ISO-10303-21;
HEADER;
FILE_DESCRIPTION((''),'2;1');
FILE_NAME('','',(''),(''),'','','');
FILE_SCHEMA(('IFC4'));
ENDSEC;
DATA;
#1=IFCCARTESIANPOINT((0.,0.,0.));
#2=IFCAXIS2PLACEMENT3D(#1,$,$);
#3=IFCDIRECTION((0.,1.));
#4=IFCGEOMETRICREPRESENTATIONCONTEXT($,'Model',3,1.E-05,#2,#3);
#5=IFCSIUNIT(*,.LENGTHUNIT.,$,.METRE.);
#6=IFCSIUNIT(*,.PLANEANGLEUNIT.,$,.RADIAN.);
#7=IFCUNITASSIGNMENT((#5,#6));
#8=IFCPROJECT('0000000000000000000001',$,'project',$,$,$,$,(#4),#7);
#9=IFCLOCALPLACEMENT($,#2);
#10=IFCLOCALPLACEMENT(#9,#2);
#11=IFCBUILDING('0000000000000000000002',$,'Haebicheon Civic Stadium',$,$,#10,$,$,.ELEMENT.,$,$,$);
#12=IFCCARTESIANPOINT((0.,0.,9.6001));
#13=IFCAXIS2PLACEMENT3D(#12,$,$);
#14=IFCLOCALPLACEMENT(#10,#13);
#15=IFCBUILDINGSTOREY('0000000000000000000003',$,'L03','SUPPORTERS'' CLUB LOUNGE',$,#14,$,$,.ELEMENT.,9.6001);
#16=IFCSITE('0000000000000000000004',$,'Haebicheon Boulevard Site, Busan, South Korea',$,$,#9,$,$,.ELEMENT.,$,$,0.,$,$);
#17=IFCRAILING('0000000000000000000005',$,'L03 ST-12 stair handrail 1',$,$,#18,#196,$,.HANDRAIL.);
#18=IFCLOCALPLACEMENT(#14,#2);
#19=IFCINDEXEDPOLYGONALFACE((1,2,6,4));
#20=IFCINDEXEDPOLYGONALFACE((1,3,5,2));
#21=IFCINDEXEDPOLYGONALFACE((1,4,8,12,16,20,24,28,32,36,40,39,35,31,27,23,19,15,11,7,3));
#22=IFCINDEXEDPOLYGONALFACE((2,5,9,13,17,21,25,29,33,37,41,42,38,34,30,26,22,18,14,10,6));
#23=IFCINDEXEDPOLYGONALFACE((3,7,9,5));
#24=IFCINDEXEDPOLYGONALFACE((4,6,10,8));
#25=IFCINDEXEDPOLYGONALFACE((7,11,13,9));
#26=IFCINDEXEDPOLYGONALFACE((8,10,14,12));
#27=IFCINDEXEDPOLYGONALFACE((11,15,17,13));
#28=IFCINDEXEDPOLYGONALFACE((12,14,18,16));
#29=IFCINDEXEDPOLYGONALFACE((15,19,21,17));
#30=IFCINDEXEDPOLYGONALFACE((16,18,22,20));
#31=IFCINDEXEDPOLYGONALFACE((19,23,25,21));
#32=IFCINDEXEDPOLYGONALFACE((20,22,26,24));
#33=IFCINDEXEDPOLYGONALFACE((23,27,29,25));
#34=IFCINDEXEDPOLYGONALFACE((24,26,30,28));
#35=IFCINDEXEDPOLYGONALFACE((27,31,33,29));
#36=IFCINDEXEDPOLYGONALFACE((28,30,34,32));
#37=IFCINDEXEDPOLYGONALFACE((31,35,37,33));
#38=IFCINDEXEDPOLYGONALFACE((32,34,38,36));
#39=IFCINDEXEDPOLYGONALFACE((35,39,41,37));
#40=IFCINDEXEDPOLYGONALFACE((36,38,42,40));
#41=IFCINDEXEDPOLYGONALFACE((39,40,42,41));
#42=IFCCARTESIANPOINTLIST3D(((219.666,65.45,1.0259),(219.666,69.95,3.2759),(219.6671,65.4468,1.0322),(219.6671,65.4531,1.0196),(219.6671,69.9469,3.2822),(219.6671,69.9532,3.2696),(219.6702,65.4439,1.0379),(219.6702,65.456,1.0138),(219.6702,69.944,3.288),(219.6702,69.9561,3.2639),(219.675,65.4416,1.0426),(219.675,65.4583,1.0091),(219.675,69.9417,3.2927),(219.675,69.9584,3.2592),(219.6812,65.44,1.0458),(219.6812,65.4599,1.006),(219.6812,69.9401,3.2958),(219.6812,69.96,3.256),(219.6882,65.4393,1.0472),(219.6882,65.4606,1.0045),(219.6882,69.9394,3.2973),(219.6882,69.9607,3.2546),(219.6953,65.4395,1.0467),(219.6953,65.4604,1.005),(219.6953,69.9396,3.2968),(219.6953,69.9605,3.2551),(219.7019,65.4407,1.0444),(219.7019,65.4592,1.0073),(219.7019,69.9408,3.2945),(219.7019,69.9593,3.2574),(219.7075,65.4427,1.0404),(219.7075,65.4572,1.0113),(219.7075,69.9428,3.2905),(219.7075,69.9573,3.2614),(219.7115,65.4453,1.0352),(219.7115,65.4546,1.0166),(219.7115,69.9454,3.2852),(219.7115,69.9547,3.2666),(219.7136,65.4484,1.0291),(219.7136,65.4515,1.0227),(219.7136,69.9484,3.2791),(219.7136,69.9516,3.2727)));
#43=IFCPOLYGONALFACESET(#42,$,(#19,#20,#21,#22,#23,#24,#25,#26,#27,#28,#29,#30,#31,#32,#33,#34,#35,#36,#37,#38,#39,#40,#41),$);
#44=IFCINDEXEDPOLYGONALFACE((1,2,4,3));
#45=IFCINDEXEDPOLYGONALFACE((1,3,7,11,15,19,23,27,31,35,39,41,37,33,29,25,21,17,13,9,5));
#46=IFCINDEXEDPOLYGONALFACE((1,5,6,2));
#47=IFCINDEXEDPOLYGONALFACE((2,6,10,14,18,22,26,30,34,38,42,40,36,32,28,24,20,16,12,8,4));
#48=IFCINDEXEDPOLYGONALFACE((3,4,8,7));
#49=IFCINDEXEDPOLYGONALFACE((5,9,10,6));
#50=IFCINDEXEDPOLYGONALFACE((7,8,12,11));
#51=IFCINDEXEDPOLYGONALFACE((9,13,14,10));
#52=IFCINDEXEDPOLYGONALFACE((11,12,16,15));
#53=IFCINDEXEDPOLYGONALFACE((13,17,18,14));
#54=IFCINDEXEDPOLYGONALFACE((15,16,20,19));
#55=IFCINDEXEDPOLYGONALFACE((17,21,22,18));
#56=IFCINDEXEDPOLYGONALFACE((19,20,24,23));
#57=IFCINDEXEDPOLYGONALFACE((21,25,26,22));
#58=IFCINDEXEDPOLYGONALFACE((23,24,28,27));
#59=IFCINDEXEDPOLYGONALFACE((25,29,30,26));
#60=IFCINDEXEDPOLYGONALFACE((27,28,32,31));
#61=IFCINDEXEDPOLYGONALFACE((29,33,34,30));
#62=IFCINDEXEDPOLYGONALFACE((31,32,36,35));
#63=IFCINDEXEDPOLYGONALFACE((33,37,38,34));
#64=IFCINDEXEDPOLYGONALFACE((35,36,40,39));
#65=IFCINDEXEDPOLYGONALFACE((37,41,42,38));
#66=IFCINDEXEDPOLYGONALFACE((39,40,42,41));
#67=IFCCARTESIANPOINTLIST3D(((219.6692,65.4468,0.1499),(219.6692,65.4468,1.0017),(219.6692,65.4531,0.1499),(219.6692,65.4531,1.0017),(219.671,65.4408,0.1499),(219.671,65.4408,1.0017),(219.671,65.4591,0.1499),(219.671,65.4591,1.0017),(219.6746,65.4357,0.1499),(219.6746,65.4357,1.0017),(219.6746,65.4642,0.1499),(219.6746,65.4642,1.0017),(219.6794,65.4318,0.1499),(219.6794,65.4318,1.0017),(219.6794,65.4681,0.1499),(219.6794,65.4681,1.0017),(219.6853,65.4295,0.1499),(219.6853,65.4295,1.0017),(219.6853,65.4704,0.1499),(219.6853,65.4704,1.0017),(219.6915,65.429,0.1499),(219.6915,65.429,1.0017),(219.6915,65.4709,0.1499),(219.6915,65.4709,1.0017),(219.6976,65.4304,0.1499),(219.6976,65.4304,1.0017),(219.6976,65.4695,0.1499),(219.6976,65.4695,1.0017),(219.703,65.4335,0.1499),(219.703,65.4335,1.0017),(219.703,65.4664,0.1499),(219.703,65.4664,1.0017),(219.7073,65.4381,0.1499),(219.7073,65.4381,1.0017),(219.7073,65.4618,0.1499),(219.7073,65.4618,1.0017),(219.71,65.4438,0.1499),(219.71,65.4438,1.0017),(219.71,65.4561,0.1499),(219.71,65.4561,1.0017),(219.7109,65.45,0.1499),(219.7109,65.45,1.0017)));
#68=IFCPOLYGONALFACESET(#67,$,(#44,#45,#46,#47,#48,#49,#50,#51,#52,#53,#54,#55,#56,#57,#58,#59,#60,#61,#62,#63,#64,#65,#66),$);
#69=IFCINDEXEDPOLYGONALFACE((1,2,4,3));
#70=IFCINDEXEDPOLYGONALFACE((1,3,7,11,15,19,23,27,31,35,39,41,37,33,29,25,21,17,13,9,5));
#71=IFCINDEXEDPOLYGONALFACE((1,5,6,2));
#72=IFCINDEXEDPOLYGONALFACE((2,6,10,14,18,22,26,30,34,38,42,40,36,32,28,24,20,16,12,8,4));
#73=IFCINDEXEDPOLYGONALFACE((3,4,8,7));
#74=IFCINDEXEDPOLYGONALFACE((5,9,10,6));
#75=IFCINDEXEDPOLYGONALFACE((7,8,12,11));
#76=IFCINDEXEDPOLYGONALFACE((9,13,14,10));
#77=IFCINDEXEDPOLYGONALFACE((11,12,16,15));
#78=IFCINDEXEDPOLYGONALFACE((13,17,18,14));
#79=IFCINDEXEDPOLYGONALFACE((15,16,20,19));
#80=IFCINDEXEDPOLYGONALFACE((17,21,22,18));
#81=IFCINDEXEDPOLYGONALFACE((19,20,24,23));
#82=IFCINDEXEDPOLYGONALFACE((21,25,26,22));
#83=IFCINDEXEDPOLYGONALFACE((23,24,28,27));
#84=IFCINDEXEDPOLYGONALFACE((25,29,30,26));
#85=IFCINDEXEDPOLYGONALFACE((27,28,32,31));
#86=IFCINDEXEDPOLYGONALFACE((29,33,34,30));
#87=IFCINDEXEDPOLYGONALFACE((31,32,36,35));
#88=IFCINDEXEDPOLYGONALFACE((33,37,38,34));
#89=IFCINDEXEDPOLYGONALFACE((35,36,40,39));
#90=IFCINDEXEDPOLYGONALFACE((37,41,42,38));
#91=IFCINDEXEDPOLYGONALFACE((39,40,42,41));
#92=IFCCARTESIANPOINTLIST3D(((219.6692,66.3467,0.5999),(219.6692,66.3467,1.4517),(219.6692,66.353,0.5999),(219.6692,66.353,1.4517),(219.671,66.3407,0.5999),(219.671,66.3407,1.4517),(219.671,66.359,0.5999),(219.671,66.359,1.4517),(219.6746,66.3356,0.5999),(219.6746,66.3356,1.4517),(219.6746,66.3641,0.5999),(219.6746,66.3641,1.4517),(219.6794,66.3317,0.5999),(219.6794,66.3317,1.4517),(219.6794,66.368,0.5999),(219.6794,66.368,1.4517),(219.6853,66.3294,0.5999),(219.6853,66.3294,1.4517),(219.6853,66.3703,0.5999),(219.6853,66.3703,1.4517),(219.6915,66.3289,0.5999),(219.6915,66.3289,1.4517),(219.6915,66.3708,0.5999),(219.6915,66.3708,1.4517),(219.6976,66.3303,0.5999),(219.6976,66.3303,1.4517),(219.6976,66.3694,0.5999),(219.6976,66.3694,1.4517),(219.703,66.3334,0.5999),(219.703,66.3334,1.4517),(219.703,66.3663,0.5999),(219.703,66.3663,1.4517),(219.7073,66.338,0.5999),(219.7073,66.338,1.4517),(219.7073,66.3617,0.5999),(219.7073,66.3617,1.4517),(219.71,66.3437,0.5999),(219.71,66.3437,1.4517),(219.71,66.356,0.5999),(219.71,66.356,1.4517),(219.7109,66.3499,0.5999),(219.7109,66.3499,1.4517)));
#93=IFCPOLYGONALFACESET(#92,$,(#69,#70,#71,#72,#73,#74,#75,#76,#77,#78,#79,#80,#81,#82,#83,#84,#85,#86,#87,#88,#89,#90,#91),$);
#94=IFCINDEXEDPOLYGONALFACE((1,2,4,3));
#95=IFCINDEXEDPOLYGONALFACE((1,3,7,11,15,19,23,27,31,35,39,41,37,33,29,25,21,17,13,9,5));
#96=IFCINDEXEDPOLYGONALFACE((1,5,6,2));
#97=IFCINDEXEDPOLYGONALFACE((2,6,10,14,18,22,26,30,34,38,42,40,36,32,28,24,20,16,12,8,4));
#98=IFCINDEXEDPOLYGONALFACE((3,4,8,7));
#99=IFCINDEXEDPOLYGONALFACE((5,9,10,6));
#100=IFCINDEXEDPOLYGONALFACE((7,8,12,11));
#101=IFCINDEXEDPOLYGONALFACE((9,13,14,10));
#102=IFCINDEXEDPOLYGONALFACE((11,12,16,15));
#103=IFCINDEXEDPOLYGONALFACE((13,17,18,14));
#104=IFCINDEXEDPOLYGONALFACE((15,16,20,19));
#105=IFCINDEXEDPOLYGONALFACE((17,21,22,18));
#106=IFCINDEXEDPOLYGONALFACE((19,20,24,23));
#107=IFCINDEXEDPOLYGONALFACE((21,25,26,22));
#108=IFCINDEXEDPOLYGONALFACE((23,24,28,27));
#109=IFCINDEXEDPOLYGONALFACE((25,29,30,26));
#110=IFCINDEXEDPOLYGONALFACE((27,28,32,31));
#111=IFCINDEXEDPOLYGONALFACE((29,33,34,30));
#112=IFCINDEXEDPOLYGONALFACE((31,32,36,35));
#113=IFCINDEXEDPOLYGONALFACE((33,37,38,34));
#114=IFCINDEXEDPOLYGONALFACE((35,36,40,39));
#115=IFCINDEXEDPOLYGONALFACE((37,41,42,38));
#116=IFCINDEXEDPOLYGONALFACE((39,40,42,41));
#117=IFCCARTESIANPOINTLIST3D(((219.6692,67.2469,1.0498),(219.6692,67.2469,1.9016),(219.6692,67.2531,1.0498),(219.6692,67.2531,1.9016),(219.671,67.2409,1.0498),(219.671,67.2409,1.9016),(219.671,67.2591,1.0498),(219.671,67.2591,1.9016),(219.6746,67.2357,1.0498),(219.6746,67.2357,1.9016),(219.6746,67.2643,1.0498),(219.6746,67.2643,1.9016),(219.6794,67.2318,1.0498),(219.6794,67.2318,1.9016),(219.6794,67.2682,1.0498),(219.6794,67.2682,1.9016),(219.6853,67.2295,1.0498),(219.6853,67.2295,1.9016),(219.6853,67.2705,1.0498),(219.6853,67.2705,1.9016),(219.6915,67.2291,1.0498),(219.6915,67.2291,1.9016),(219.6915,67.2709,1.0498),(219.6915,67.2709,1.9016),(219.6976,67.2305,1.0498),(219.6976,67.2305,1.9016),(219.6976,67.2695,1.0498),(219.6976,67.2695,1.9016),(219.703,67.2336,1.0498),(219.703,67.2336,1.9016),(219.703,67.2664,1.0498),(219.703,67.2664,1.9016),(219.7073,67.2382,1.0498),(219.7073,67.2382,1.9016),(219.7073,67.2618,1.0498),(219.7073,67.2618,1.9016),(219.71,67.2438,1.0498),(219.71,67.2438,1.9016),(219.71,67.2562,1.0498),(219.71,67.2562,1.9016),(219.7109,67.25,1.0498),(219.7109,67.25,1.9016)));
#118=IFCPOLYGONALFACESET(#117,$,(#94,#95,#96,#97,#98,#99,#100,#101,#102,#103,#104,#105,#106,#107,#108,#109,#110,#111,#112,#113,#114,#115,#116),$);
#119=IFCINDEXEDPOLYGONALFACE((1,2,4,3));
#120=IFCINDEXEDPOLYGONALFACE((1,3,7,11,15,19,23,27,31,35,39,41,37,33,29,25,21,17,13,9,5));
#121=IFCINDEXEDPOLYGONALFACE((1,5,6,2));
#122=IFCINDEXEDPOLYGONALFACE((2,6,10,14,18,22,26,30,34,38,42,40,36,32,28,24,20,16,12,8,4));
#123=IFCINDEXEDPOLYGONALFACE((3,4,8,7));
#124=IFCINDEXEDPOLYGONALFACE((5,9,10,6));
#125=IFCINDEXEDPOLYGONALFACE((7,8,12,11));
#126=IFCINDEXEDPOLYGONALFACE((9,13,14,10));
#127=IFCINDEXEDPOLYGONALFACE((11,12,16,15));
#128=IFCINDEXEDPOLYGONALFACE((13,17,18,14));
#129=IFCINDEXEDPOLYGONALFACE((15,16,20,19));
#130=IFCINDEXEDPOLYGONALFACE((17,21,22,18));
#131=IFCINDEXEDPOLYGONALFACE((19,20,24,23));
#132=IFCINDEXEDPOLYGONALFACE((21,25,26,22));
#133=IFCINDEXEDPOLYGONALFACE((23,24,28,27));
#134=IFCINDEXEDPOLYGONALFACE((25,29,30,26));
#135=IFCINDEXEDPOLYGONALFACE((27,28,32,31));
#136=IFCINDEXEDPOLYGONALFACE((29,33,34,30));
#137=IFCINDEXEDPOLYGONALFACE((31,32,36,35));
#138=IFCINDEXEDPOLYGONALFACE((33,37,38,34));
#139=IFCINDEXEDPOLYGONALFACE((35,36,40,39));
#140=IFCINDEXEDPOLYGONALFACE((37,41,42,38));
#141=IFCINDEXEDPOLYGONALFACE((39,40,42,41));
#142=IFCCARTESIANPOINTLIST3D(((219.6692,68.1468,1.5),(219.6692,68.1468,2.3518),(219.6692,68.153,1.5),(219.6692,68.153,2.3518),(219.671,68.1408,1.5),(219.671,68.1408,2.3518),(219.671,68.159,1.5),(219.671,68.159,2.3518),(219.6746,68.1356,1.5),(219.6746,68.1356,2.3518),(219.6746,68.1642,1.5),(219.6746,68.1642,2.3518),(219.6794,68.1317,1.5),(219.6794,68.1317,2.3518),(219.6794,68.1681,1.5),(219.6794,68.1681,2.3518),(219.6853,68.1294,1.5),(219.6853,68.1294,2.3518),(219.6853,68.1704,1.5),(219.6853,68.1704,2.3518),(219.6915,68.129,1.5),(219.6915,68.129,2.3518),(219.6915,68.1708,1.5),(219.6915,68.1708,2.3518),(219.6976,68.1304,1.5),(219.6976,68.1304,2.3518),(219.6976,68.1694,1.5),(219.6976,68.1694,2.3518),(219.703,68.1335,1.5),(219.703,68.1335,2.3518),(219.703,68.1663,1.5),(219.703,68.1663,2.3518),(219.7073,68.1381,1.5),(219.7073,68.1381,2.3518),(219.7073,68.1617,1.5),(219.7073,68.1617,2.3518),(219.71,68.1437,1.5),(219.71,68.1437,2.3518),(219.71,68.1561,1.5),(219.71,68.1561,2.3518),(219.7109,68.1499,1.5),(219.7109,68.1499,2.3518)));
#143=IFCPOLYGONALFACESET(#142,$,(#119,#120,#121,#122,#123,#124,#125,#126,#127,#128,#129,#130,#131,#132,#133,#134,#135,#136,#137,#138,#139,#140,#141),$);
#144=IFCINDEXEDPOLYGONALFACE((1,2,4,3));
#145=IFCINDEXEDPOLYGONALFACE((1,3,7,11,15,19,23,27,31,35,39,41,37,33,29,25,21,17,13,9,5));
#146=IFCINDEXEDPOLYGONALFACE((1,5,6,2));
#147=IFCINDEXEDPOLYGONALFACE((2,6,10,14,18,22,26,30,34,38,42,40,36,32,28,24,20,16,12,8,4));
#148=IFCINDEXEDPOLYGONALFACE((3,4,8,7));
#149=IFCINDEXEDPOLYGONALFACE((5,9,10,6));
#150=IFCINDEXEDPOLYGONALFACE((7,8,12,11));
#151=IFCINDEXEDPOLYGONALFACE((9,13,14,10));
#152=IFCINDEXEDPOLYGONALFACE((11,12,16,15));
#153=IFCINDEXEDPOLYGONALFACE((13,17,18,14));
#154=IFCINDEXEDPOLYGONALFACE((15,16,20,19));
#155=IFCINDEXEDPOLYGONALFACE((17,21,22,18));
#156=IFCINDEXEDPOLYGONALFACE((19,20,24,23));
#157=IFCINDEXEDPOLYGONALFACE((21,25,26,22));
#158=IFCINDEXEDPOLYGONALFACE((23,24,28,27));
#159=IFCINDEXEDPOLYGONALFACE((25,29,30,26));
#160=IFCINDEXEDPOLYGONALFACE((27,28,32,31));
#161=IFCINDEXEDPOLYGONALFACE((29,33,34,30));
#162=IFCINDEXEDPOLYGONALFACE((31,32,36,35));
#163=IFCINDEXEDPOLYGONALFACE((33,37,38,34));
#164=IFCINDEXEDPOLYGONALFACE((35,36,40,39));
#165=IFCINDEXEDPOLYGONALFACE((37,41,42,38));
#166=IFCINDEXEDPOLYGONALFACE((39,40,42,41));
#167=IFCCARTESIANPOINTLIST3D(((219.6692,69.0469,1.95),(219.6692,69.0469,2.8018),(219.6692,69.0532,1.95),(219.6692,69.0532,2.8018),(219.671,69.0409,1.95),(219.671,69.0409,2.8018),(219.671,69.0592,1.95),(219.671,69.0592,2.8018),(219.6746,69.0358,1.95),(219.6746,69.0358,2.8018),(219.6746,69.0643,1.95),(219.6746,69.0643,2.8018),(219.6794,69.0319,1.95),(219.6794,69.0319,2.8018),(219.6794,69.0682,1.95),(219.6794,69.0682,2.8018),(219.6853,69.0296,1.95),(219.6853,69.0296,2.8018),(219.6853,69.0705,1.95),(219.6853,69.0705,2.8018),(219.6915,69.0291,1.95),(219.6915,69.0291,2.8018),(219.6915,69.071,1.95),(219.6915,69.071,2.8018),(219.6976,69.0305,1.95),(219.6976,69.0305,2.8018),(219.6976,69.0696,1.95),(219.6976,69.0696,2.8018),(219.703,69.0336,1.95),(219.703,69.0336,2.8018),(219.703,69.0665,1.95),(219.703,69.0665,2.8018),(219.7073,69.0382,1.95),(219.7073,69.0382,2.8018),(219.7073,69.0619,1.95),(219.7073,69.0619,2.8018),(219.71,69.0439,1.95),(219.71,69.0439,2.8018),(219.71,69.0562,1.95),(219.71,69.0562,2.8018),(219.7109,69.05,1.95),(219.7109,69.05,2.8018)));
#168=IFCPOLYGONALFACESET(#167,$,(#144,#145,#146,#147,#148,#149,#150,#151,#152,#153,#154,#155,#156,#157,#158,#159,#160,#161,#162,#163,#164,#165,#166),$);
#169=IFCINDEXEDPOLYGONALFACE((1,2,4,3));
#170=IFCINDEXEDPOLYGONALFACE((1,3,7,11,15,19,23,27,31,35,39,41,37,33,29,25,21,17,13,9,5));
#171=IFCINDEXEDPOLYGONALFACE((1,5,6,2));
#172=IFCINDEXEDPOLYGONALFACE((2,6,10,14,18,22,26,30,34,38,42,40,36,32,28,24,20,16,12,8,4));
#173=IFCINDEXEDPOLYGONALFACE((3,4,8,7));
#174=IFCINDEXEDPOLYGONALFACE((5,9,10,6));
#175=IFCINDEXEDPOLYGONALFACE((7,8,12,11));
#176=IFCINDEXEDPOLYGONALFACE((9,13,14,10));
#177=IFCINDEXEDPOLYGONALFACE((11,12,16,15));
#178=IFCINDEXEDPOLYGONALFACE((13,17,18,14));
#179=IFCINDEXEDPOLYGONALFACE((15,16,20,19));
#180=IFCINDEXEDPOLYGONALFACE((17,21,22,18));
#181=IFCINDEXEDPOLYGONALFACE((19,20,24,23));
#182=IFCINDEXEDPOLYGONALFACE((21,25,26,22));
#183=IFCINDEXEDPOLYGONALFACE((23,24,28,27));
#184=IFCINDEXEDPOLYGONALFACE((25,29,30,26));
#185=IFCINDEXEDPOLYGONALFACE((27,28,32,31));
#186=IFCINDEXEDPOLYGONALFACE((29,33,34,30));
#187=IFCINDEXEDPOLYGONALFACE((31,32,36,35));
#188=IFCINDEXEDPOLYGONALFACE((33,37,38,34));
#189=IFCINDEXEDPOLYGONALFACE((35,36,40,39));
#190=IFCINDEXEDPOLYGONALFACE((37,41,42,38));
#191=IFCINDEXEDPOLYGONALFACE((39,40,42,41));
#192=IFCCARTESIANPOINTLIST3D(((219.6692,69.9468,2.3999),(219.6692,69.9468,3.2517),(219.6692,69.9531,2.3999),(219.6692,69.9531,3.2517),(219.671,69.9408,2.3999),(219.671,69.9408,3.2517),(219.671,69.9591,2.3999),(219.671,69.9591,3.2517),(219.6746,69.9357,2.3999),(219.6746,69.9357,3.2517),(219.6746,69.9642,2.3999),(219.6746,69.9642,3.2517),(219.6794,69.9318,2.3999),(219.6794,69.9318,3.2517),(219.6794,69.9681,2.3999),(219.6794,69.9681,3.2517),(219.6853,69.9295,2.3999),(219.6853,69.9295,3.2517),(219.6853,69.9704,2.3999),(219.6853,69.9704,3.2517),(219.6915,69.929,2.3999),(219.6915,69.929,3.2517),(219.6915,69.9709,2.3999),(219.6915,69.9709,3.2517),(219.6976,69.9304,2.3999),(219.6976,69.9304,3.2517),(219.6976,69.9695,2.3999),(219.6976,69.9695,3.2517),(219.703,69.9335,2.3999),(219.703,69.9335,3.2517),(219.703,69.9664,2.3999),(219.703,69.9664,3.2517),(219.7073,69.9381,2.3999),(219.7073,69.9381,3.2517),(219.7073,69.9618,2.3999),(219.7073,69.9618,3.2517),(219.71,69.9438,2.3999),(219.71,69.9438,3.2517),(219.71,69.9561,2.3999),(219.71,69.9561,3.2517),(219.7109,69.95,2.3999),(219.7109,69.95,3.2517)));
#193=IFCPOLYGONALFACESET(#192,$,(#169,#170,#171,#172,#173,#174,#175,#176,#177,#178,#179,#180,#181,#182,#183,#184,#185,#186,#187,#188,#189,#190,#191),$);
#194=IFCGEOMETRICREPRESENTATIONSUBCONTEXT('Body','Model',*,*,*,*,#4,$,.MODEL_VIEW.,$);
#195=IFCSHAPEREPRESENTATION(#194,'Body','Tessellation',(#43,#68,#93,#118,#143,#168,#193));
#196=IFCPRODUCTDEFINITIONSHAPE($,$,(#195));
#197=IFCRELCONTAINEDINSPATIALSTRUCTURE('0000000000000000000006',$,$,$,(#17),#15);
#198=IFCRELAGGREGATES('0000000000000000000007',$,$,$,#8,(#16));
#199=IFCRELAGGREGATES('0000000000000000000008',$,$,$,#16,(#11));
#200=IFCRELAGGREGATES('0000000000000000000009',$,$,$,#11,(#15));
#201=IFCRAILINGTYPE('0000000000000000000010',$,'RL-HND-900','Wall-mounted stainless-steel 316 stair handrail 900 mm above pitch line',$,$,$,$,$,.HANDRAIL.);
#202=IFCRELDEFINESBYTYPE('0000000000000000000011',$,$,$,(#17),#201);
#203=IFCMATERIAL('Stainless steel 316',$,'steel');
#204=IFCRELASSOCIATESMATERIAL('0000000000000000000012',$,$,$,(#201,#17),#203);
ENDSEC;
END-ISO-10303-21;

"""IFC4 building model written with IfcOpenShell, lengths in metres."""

from ifc_helpers import new_model, si_unit, direction, frame, origin, origin_2d, place, context, subcontext, project, spatial, circle, extrude, material, type_object, element, save


model = new_model("IFC4")

# Units and contexts
model_context = context("Model", 3, precision=1e-05, world=origin(), true_north=direction((0.0, 1.0)))
body_context = subcontext(model_context, "Body", "Model", "MODEL_VIEW")
ifc_project = project(units=[si_unit("LENGTHUNIT", "METRE"), si_unit("PLANEANGLEUNIT", "RADIAN")], contexts=[model_context])

# Site, building, storey
site_placement = place(None, origin())
site = spatial("IfcSite", under=ifc_project, at=site_placement, Name="Haebicheon Boulevard Site, Busan, South Korea", CompositionType="ELEMENT", RefElevation=0.0)
building_placement = place(site_placement, origin())
building = spatial("IfcBuilding", under=site, at=building_placement, Name="Haebicheon Civic Stadium", CompositionType="ELEMENT")
storey_placement = place(building_placement, frame((0.0, 0.0, 9.6001)))
storey = spatial("IfcBuildingStorey", under=building, at=storey_placement, Name="L03", Description="SUPPORTERS' CLUB LOUNGE", CompositionType="ELEMENT", Elevation=9.6001)

# Railing
ifc_material_1 = material(Name="Stainless steel 316", Category="steel")
railing_type_1 = type_object("IfcRailingType", Name="RL-HND-900", Description="Wall-mounted stainless-steel 316 stair handrail 900 mm above pitch line", PredefinedType="HANDRAIL", material=ifc_material_1)
railing_1_placement = place(storey_placement, frame((219.6899, 65.45, 0.1499)))
element("IfcRailing", 1, at=railing_1_placement, inside=storey, type_object=railing_type_1, material=ifc_material_1, Name="L03 ST-12 stair handrail 1", PredefinedType="HANDRAIL", context=body_context, shape_type="SweptSolid", body=[
    extrude(circle(Radius=0.0239, at=origin_2d()), frame((0.0, 0.0, 0.876), z_axis=(0.0, 0.894427, 0.447214), x_axis=(-1.0, 0.0, 0.0)), (0.0, 0.0, 1.0), 5.0312),
    extrude(circle(Radius=0.021, at=origin_2d()), origin(), (0.0, 0.0, 1.0), 0.8518),
    extrude(circle(Radius=0.021, at=origin_2d()), frame((0.0, 0.8999, 0.45)), (0.0, 0.0, 1.0), 0.8518),
    extrude(circle(Radius=0.021, at=origin_2d()), frame((0.0, 1.8, 0.8999)), (0.0, 0.0, 1.0), 0.8518),
    extrude(circle(Radius=0.021, at=origin_2d()), frame((0.0, 2.7, 1.3501)), (0.0, 0.0, 1.0), 0.8518),
    extrude(circle(Radius=0.021, at=origin_2d()), frame((0.0, 3.6001, 1.8)), (0.0, 0.0, 1.0), 0.8518),
    extrude(circle(Radius=0.021, at=origin_2d()), frame((0.0, 4.5, 2.25)), (0.0, 0.0, 1.0), 0.8518),
])

save(model, "model.ifc")
